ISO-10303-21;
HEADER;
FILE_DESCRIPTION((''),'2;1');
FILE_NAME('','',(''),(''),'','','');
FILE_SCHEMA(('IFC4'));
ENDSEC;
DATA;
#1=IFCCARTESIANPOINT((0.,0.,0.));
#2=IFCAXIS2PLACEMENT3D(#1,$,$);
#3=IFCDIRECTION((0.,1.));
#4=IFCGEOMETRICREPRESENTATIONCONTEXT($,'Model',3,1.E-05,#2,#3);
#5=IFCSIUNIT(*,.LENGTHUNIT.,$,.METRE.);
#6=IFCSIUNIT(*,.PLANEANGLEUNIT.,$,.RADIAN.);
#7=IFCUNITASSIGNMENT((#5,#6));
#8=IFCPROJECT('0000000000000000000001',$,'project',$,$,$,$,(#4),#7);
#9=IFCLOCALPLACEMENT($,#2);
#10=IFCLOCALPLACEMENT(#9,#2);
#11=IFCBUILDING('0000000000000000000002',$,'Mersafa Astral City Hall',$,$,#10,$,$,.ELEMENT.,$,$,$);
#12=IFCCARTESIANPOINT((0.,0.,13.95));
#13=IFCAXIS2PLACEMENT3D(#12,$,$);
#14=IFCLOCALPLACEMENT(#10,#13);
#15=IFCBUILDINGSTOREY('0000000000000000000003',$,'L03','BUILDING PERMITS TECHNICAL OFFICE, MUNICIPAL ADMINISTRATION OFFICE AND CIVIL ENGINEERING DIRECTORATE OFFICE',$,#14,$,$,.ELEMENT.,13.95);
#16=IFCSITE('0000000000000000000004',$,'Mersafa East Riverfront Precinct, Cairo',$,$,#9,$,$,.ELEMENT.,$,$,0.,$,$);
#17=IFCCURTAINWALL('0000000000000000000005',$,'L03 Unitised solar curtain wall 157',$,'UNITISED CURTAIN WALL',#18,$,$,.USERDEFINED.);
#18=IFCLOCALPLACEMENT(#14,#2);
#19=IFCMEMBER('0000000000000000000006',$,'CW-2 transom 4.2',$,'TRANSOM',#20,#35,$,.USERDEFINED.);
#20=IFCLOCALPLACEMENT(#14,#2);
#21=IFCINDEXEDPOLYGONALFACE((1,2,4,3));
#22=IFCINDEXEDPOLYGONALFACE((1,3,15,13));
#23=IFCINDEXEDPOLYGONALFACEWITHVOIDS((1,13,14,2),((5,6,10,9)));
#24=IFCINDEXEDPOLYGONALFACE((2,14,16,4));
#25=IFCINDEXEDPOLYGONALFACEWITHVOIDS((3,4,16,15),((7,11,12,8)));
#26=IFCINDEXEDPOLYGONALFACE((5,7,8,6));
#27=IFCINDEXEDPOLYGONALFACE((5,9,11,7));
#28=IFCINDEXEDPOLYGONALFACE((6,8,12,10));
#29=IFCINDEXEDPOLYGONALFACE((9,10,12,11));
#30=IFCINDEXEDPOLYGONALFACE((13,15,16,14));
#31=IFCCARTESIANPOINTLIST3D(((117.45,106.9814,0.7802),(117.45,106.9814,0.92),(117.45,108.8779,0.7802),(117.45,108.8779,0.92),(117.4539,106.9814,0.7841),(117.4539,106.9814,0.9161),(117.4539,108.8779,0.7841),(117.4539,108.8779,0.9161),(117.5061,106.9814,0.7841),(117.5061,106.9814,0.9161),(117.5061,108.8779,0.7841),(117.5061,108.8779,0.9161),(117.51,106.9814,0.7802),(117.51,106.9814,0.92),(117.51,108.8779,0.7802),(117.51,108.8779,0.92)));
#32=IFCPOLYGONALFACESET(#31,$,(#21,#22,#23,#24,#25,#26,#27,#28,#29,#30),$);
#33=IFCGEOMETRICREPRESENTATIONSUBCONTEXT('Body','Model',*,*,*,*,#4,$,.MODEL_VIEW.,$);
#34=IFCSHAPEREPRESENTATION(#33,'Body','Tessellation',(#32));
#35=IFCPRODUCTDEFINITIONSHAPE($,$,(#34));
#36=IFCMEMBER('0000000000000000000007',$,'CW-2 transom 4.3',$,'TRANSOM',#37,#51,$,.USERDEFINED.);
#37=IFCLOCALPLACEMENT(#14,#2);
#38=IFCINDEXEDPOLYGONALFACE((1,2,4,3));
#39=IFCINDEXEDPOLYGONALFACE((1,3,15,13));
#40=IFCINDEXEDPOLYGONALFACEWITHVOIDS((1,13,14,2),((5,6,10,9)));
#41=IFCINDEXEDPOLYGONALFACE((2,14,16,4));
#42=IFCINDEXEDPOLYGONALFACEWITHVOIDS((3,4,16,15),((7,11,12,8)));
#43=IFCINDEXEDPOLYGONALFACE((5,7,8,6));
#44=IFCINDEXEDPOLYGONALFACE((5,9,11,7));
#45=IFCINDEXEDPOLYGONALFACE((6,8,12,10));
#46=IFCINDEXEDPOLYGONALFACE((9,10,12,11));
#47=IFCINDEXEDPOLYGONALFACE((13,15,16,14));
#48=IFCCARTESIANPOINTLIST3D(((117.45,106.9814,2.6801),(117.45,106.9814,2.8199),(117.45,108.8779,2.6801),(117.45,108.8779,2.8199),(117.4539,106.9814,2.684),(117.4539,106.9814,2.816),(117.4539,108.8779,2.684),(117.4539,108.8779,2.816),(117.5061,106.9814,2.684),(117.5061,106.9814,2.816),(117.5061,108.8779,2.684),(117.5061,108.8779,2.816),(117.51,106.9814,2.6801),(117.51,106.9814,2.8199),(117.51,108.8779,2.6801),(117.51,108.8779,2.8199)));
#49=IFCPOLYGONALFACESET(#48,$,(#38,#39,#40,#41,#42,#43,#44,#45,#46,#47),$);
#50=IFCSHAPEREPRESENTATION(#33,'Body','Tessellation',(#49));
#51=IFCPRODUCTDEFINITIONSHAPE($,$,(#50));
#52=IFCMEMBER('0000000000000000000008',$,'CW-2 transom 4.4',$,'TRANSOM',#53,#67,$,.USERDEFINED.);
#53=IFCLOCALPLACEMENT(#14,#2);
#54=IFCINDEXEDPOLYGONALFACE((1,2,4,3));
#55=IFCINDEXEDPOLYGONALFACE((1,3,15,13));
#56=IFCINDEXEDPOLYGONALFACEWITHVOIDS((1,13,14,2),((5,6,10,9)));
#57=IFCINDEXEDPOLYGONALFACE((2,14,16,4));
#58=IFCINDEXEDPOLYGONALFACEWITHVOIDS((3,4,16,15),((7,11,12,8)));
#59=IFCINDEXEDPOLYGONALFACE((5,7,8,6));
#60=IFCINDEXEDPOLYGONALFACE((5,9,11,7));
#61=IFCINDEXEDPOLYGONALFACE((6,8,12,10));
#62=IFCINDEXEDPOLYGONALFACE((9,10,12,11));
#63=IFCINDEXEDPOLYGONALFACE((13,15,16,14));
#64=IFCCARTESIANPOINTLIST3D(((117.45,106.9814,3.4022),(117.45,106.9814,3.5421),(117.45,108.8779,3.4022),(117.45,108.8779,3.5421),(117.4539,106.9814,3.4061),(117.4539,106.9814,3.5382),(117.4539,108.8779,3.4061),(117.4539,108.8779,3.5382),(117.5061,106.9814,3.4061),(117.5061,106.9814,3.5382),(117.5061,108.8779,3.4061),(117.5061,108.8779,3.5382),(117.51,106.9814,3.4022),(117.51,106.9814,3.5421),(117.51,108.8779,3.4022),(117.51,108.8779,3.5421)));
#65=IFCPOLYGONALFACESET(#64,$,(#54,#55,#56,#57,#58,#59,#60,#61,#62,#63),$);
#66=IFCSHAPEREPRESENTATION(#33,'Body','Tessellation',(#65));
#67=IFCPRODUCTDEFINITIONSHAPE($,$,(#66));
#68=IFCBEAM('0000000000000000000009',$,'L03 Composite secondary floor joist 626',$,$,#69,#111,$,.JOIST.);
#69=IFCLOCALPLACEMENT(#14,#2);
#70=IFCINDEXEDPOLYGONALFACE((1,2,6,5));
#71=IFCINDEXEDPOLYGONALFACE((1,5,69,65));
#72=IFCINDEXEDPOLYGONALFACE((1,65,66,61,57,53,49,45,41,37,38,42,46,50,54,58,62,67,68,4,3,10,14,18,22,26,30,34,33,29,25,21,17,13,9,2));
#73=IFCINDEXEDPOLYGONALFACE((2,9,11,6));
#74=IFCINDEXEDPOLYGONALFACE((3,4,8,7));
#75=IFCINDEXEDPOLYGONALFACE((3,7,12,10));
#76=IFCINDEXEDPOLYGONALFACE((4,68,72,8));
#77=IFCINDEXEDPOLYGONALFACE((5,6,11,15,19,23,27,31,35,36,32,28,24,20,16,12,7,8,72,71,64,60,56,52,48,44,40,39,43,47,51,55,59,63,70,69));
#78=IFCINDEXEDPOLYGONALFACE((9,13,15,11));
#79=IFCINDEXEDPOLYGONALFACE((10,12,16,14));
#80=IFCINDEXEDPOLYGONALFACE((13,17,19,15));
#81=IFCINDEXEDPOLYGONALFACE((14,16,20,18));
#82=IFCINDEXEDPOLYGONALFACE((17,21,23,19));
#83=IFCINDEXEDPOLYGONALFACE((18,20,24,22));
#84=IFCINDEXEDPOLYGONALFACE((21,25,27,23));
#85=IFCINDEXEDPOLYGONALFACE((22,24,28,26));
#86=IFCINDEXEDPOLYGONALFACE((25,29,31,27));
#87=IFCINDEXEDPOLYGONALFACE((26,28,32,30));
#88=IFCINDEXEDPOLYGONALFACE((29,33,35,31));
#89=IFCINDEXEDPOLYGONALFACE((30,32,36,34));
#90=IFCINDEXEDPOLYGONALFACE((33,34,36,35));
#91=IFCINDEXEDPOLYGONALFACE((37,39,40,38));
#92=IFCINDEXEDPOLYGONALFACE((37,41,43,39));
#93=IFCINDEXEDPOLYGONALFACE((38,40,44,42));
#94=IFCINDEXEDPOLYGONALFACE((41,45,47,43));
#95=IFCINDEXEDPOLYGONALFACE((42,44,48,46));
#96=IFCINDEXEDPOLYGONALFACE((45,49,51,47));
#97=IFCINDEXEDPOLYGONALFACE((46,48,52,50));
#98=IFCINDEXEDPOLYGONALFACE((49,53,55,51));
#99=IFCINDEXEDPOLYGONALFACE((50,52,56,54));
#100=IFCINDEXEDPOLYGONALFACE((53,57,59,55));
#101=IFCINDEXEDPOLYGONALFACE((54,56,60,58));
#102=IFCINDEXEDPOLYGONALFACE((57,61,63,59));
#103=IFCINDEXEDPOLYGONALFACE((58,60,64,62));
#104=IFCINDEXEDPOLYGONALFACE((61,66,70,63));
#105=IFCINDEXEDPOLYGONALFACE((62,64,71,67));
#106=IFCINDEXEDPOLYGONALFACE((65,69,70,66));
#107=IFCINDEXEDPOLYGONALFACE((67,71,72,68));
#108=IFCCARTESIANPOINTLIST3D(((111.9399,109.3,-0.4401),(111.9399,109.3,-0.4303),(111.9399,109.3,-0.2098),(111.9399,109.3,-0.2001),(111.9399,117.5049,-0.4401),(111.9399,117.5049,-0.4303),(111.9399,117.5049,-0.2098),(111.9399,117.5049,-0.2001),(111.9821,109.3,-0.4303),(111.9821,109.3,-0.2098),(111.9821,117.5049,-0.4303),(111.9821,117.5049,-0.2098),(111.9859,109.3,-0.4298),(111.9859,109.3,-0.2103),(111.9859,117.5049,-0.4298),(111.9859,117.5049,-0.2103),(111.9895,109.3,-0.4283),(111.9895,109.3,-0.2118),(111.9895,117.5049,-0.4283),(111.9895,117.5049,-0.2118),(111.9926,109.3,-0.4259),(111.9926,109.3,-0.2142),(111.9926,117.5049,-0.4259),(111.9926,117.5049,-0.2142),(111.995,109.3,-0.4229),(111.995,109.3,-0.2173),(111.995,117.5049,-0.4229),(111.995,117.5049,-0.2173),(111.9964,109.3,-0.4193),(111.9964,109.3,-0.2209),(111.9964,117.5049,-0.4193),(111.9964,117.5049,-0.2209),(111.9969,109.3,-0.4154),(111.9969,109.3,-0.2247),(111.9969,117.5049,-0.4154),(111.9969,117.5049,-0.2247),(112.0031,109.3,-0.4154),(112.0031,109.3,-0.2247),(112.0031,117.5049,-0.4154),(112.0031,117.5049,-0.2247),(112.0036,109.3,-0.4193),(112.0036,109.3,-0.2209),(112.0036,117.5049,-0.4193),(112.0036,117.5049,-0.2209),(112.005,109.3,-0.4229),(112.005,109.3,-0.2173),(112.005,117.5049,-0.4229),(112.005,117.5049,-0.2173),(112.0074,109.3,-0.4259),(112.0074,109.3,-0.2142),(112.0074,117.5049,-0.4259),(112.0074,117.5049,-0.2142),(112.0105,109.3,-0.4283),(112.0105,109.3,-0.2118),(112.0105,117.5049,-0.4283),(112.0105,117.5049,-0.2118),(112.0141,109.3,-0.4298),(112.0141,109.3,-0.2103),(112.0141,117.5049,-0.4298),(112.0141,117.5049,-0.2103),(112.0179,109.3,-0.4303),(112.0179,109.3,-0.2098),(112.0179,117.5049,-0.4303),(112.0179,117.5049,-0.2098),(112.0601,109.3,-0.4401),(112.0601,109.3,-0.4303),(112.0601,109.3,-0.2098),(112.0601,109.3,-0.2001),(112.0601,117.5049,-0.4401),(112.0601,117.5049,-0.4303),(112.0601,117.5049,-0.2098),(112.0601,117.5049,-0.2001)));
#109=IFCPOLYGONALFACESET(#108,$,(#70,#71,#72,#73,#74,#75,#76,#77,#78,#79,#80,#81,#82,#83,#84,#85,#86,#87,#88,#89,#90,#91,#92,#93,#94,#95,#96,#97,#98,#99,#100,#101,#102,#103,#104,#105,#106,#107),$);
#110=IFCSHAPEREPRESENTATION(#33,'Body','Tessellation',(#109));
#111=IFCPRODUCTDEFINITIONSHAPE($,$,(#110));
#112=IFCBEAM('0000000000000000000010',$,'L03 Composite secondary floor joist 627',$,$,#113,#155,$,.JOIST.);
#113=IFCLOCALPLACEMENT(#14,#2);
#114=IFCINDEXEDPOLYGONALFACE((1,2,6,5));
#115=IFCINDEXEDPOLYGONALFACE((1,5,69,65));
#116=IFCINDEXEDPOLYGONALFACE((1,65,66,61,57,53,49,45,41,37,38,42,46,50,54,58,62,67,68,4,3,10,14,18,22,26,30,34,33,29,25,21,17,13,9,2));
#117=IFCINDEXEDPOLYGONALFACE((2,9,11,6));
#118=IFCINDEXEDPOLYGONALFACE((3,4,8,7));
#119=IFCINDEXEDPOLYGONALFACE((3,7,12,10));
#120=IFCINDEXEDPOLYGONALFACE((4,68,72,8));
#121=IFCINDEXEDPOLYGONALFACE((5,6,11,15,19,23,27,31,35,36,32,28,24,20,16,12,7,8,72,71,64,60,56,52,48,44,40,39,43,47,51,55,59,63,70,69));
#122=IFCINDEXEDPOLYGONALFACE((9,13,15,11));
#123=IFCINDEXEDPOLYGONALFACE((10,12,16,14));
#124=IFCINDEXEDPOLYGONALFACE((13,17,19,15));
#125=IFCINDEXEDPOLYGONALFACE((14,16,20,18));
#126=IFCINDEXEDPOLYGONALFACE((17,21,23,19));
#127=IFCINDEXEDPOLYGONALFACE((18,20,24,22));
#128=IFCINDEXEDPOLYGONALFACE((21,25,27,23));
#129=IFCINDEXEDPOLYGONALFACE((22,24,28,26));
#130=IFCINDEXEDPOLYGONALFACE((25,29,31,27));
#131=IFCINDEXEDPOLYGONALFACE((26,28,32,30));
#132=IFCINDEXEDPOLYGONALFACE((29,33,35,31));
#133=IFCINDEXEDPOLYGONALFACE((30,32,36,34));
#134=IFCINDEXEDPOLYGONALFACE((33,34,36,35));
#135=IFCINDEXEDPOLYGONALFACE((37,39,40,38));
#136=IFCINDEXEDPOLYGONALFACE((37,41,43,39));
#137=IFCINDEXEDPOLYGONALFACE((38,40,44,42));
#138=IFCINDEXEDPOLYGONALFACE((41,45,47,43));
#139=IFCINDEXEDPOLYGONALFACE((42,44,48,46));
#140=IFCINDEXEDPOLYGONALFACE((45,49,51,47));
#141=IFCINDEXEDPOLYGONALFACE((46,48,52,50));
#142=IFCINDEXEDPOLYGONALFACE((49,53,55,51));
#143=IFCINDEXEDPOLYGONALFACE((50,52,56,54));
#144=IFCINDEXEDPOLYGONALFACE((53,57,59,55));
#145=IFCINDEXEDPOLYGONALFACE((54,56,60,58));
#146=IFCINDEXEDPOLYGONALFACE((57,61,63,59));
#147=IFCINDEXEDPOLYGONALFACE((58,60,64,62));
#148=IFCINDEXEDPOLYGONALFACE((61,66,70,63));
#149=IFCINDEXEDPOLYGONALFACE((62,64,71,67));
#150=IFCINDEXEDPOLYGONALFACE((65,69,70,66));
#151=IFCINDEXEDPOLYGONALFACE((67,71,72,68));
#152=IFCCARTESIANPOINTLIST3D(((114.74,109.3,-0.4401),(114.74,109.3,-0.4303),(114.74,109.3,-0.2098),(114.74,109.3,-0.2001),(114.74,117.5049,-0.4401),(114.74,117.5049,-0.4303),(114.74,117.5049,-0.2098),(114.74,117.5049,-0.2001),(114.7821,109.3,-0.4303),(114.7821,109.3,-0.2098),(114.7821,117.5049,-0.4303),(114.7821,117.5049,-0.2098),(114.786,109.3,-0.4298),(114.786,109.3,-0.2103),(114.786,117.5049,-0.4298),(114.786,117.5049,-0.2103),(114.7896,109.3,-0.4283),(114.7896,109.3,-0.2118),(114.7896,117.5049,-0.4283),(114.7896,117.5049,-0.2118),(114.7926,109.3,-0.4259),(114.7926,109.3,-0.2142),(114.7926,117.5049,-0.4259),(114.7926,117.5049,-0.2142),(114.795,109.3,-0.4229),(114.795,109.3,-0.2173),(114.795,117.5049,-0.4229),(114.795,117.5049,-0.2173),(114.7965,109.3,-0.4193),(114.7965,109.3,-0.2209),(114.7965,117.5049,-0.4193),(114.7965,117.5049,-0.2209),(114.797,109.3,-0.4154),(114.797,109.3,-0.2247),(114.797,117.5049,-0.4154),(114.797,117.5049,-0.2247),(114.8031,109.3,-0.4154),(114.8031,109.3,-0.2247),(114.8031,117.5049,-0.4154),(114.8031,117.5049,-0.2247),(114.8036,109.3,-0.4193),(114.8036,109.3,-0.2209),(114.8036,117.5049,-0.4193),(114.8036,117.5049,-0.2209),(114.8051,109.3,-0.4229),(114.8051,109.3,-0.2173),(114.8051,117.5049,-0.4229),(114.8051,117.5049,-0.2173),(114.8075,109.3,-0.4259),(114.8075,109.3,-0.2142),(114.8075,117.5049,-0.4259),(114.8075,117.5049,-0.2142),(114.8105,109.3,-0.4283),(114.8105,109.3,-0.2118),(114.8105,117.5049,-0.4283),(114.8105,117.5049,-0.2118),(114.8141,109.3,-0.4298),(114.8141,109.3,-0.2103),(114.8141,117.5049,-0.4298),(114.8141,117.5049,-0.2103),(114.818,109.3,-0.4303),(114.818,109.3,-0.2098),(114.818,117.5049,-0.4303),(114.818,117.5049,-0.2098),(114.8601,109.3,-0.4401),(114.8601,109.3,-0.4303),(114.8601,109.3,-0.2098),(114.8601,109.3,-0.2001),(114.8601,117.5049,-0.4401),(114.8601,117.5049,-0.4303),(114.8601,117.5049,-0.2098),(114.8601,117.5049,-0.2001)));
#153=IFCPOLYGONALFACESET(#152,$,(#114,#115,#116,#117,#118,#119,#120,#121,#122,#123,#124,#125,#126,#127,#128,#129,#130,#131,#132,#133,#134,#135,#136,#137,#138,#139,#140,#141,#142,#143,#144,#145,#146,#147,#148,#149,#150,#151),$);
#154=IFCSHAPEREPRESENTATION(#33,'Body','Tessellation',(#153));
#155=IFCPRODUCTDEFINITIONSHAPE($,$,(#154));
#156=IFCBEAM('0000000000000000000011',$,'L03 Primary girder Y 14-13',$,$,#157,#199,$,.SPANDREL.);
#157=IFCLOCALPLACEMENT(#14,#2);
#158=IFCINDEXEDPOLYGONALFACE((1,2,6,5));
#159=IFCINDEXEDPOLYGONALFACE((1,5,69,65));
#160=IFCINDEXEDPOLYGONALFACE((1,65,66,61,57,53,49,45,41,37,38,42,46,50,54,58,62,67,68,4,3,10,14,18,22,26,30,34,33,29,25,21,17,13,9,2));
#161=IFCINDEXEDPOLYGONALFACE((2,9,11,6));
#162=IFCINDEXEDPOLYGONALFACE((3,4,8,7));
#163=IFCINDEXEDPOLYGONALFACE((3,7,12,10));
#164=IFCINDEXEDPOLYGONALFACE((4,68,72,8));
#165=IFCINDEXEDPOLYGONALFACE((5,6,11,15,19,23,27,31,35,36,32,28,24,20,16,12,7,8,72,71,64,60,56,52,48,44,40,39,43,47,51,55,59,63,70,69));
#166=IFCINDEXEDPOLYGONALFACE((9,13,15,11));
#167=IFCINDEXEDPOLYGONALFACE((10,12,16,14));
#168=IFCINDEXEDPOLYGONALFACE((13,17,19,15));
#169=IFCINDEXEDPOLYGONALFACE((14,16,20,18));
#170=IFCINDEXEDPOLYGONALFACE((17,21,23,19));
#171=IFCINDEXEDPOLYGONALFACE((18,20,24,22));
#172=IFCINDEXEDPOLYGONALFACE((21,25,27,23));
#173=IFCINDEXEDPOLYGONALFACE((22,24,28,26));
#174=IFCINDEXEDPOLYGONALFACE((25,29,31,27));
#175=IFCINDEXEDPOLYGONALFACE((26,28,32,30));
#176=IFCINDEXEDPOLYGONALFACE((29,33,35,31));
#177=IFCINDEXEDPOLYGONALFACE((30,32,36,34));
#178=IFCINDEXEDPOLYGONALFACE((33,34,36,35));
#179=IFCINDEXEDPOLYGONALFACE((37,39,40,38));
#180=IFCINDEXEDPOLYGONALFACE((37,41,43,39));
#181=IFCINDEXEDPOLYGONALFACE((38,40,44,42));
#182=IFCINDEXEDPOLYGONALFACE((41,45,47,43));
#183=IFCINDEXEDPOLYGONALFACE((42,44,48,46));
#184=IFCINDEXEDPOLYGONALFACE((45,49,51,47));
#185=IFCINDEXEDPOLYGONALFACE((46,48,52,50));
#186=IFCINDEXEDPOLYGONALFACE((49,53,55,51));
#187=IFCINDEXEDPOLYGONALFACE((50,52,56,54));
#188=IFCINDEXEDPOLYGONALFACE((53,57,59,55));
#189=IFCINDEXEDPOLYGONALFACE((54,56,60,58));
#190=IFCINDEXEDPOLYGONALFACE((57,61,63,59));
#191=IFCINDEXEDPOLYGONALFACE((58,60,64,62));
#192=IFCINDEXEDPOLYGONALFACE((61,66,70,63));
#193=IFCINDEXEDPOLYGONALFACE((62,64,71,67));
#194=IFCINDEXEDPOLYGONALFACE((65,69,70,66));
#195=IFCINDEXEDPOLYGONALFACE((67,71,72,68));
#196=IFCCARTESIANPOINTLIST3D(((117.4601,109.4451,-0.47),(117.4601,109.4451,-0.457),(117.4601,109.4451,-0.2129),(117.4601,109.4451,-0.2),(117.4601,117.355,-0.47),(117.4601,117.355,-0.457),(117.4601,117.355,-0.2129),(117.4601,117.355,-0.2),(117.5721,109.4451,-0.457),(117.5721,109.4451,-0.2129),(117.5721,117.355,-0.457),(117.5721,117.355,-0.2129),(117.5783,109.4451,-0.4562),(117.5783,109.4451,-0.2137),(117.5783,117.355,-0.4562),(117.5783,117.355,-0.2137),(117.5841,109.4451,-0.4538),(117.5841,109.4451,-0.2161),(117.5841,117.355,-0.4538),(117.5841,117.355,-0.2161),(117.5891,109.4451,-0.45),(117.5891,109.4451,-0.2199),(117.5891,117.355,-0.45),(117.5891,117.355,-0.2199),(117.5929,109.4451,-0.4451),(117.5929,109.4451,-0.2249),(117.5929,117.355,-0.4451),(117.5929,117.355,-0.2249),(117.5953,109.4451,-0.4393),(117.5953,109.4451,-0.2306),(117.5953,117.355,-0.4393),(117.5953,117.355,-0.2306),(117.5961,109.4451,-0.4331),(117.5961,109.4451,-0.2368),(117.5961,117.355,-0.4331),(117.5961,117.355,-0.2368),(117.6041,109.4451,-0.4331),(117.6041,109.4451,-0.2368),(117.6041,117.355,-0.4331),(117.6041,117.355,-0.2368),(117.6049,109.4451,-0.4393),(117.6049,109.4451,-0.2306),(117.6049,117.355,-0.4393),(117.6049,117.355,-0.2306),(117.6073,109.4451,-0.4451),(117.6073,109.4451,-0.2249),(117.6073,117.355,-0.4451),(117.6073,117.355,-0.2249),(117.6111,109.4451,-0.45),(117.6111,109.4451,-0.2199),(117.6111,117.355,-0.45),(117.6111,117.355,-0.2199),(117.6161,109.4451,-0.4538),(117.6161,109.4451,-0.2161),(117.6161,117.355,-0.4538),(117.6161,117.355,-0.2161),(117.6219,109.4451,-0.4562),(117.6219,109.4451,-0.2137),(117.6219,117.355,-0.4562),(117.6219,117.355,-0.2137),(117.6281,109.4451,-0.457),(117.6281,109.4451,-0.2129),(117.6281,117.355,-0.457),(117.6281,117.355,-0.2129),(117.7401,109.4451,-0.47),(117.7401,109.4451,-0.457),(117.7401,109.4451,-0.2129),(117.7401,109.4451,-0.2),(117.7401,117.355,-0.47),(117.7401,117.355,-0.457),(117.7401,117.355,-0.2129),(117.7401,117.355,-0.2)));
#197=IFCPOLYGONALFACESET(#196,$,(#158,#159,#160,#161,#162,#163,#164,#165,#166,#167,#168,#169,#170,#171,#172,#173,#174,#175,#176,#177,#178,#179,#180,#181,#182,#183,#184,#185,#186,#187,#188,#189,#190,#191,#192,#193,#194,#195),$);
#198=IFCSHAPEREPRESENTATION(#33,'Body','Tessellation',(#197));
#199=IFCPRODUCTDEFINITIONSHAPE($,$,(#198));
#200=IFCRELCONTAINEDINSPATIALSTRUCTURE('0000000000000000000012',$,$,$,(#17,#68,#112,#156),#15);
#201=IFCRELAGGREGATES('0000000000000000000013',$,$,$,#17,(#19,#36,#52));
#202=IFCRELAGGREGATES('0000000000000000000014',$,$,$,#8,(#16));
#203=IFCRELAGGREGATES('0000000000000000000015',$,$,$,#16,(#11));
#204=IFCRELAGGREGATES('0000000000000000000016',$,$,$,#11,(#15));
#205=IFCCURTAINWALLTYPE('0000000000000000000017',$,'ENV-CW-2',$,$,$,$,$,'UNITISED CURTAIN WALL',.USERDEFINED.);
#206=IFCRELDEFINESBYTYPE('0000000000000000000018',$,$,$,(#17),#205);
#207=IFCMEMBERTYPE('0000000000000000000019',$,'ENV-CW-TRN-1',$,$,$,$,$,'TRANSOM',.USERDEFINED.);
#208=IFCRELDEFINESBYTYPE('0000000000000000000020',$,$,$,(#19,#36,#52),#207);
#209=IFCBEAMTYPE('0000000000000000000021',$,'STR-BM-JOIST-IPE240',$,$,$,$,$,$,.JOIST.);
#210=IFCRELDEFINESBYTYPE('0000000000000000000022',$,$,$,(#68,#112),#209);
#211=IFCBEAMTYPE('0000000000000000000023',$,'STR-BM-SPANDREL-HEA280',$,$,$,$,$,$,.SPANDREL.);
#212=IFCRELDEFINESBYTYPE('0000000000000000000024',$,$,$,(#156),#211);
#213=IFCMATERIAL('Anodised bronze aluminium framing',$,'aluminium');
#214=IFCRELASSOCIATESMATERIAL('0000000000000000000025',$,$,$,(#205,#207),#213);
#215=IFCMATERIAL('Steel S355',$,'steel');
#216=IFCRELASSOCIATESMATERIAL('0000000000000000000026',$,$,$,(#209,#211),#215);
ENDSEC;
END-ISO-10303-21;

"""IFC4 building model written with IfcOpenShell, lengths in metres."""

from ifc_helpers import new_model, si_unit, direction, frame, origin, origin_2d, place, context, subcontext, project, spatial, hollow_rectangle, i_section, extrude, material, material_profile, profile_set, type_object, element, aggregate, save


model = new_model("IFC4")

# Units and contexts
model_context = context("Model", 3, precision=1e-05, world=origin(), true_north=direction((0.0, 1.0)))
body_context = subcontext(model_context, "Body", "Model", "MODEL_VIEW")
ifc_project = project(units=[si_unit("LENGTHUNIT", "METRE"), si_unit("PLANEANGLEUNIT", "RADIAN")], contexts=[model_context])

# Site, building, storey
site_placement = place(None, origin())
site = spatial("IfcSite", under=ifc_project, at=site_placement, Name="Mersafa East Riverfront Precinct, Cairo", CompositionType="ELEMENT", RefElevation=0.0)
building_placement = place(site_placement, origin())
building = spatial("IfcBuilding", under=site, at=building_placement, Name="Mersafa Astral City Hall", CompositionType="ELEMENT")
storey_placement = place(building_placement, frame((0.0, 0.0, 13.95)))
storey = spatial("IfcBuildingStorey", under=building, at=storey_placement, Name="L03", Description="BUILDING PERMITS TECHNICAL OFFICE, MUNICIPAL ADMINISTRATION OFFICE AND CIVIL ENGINEERING DIRECTORATE OFFICE", CompositionType="ELEMENT", Elevation=13.95)

# Shared definitions
ifc_material_1 = material(Name="Steel S355", Category="steel")

# Curtain wall, members
ifc_material_2 = material(Name="Anodised bronze aluminium framing", Category="aluminium")
curtain_wall_type = type_object("IfcCurtainWallType", Name="ENV-CW-2", ElementType="UNITISED CURTAIN WALL", PredefinedType="USERDEFINED", material=ifc_material_2)
curtain_wall_placement = place(storey_placement, origin())
curtain_wall = element("IfcCurtainWall", 1, at=curtain_wall_placement, inside=storey, type_object=curtain_wall_type, Name="L03 Unitised solar curtain wall 157", ObjectType="UNITISED CURTAIN WALL", PredefinedType="USERDEFINED")
ifc_material_profile_1 = material_profile(ifc_material_2, hollow_rectangle(XDim=0.0601, YDim=0.1399, WallThickness=0.0039, at=origin_2d()), Name="RHS 60x140x4")
ifc_profile_set_1 = profile_set([ifc_material_profile_1], Name="Anodised bronze aluminium framing")
member_type_1 = type_object("IfcMemberType", Name="ENV-CW-TRN-1", ElementType="TRANSOM", PredefinedType="USERDEFINED", material=ifc_profile_set_1)
member_1_placement = place(storey_placement, frame((117.48, 106.9814, 0.8501), z_axis=(0.0, 1.0, 0.0), x_axis=(-1.0, 0.0, 0.0)))
member_1 = element("IfcMember", 2, at=member_1_placement, type_object=member_type_1, Name="CW-2 transom 4.2", ObjectType="TRANSOM", PredefinedType="USERDEFINED", context=body_context, shape_type="SweptSolid", body=[
    extrude(hollow_rectangle(XDim=0.0601, YDim=0.1399, WallThickness=0.0039, at=origin_2d()), origin(), (0.0, 0.0, 1.0), 1.8965),
])
member_2_placement = place(storey_placement, frame((117.48, 106.9814, 2.75), z_axis=(0.0, 1.0, 0.0), x_axis=(-1.0, 0.0, 0.0)))
member_2 = element("IfcMember", 3, at=member_2_placement, type_object=member_type_1, Name="CW-2 transom 4.3", ObjectType="TRANSOM", PredefinedType="USERDEFINED", context=body_context, shape_type="SweptSolid", body=[
    extrude(hollow_rectangle(XDim=0.0601, YDim=0.1399, WallThickness=0.0039, at=origin_2d()), origin(), (0.0, 0.0, 1.0), 1.8965),
])
member_3_placement = place(storey_placement, frame((117.48, 106.9814, 3.4722), z_axis=(0.0, 1.0, 0.0), x_axis=(-1.0, 0.0, 0.0)))
member_3 = element("IfcMember", 4, at=member_3_placement, type_object=member_type_1, Name="CW-2 transom 4.4", ObjectType="TRANSOM", PredefinedType="USERDEFINED", context=body_context, shape_type="SweptSolid", body=[
    extrude(hollow_rectangle(XDim=0.0601, YDim=0.1399, WallThickness=0.0039, at=origin_2d()), origin(), (0.0, 0.0, 1.0), 1.8965),
])

# Beams
ifc_material_profile_2 = material_profile(ifc_material_1, i_section(OverallWidth=0.1201, OverallDepth=0.24, WebThickness=0.0061, FlangeThickness=0.0098, FilletRadius=0.0149, at=origin_2d()), Name="IPE 240")
ifc_profile_set_2 = profile_set([ifc_material_profile_2], Name="Steel S355")
beam_type_1 = type_object("IfcBeamType", Name="STR-BM-JOIST-IPE240", PredefinedType="JOIST", material=ifc_profile_set_2)
for number, where, z_axis, x_axis, name in (
    (5, (112.0, 109.3, -0.3201), (0.0, 1.0, 0.0), (-1.0, 0.0, 0.0), "L03 Composite secondary floor joist 626"),
    (6, (114.8, 109.3, -0.3201), (0.0, 1.0, 0.0), (-1.0, 0.0, 0.0), "L03 Composite secondary floor joist 627"),
):
    element("IfcBeam", number, at=place(storey_placement, frame(where, z_axis=z_axis, x_axis=x_axis)), inside=storey, type_object=beam_type_1, Name=name, PredefinedType="JOIST", context=body_context, shape_type="SweptSolid", body=[
        extrude(i_section(OverallWidth=0.1201, OverallDepth=0.24, WebThickness=0.0061, FlangeThickness=0.0098, FilletRadius=0.0149, at=origin_2d()), origin(), (0.0, 0.0, 1.0), 8.2048),
    ])
ifc_material_profile_3 = material_profile(ifc_material_1, i_section(OverallWidth=0.28, OverallDepth=0.27, WebThickness=0.0081, FlangeThickness=0.0129, FilletRadius=0.0239, at=origin_2d()), Name="HEA 280")
ifc_profile_set_3 = profile_set([ifc_material_profile_3], Name="Steel S355")
beam_type_2 = type_object("IfcBeamType", Name="STR-BM-SPANDREL-HEA280", PredefinedType="SPANDREL", material=ifc_profile_set_3)
beam_1_placement = place(storey_placement, frame((117.6001, 109.4451, -0.335), z_axis=(0.0, 1.0, 0.0), x_axis=(-1.0, 0.0, 0.0)))
element("IfcBeam", 7, at=beam_1_placement, inside=storey, type_object=beam_type_2, Name="L03 Primary girder Y 14-13", PredefinedType="SPANDREL", context=body_context, shape_type="SweptSolid", body=[
    extrude(i_section(OverallWidth=0.28, OverallDepth=0.27, WebThickness=0.0081, FlangeThickness=0.0129, FilletRadius=0.0239, at=origin_2d()), origin(), (0.0, 0.0, 1.0), 7.9099),
])

aggregate(curtain_wall, [member_1, member_2, member_3])

save(model, "model.ifc")
